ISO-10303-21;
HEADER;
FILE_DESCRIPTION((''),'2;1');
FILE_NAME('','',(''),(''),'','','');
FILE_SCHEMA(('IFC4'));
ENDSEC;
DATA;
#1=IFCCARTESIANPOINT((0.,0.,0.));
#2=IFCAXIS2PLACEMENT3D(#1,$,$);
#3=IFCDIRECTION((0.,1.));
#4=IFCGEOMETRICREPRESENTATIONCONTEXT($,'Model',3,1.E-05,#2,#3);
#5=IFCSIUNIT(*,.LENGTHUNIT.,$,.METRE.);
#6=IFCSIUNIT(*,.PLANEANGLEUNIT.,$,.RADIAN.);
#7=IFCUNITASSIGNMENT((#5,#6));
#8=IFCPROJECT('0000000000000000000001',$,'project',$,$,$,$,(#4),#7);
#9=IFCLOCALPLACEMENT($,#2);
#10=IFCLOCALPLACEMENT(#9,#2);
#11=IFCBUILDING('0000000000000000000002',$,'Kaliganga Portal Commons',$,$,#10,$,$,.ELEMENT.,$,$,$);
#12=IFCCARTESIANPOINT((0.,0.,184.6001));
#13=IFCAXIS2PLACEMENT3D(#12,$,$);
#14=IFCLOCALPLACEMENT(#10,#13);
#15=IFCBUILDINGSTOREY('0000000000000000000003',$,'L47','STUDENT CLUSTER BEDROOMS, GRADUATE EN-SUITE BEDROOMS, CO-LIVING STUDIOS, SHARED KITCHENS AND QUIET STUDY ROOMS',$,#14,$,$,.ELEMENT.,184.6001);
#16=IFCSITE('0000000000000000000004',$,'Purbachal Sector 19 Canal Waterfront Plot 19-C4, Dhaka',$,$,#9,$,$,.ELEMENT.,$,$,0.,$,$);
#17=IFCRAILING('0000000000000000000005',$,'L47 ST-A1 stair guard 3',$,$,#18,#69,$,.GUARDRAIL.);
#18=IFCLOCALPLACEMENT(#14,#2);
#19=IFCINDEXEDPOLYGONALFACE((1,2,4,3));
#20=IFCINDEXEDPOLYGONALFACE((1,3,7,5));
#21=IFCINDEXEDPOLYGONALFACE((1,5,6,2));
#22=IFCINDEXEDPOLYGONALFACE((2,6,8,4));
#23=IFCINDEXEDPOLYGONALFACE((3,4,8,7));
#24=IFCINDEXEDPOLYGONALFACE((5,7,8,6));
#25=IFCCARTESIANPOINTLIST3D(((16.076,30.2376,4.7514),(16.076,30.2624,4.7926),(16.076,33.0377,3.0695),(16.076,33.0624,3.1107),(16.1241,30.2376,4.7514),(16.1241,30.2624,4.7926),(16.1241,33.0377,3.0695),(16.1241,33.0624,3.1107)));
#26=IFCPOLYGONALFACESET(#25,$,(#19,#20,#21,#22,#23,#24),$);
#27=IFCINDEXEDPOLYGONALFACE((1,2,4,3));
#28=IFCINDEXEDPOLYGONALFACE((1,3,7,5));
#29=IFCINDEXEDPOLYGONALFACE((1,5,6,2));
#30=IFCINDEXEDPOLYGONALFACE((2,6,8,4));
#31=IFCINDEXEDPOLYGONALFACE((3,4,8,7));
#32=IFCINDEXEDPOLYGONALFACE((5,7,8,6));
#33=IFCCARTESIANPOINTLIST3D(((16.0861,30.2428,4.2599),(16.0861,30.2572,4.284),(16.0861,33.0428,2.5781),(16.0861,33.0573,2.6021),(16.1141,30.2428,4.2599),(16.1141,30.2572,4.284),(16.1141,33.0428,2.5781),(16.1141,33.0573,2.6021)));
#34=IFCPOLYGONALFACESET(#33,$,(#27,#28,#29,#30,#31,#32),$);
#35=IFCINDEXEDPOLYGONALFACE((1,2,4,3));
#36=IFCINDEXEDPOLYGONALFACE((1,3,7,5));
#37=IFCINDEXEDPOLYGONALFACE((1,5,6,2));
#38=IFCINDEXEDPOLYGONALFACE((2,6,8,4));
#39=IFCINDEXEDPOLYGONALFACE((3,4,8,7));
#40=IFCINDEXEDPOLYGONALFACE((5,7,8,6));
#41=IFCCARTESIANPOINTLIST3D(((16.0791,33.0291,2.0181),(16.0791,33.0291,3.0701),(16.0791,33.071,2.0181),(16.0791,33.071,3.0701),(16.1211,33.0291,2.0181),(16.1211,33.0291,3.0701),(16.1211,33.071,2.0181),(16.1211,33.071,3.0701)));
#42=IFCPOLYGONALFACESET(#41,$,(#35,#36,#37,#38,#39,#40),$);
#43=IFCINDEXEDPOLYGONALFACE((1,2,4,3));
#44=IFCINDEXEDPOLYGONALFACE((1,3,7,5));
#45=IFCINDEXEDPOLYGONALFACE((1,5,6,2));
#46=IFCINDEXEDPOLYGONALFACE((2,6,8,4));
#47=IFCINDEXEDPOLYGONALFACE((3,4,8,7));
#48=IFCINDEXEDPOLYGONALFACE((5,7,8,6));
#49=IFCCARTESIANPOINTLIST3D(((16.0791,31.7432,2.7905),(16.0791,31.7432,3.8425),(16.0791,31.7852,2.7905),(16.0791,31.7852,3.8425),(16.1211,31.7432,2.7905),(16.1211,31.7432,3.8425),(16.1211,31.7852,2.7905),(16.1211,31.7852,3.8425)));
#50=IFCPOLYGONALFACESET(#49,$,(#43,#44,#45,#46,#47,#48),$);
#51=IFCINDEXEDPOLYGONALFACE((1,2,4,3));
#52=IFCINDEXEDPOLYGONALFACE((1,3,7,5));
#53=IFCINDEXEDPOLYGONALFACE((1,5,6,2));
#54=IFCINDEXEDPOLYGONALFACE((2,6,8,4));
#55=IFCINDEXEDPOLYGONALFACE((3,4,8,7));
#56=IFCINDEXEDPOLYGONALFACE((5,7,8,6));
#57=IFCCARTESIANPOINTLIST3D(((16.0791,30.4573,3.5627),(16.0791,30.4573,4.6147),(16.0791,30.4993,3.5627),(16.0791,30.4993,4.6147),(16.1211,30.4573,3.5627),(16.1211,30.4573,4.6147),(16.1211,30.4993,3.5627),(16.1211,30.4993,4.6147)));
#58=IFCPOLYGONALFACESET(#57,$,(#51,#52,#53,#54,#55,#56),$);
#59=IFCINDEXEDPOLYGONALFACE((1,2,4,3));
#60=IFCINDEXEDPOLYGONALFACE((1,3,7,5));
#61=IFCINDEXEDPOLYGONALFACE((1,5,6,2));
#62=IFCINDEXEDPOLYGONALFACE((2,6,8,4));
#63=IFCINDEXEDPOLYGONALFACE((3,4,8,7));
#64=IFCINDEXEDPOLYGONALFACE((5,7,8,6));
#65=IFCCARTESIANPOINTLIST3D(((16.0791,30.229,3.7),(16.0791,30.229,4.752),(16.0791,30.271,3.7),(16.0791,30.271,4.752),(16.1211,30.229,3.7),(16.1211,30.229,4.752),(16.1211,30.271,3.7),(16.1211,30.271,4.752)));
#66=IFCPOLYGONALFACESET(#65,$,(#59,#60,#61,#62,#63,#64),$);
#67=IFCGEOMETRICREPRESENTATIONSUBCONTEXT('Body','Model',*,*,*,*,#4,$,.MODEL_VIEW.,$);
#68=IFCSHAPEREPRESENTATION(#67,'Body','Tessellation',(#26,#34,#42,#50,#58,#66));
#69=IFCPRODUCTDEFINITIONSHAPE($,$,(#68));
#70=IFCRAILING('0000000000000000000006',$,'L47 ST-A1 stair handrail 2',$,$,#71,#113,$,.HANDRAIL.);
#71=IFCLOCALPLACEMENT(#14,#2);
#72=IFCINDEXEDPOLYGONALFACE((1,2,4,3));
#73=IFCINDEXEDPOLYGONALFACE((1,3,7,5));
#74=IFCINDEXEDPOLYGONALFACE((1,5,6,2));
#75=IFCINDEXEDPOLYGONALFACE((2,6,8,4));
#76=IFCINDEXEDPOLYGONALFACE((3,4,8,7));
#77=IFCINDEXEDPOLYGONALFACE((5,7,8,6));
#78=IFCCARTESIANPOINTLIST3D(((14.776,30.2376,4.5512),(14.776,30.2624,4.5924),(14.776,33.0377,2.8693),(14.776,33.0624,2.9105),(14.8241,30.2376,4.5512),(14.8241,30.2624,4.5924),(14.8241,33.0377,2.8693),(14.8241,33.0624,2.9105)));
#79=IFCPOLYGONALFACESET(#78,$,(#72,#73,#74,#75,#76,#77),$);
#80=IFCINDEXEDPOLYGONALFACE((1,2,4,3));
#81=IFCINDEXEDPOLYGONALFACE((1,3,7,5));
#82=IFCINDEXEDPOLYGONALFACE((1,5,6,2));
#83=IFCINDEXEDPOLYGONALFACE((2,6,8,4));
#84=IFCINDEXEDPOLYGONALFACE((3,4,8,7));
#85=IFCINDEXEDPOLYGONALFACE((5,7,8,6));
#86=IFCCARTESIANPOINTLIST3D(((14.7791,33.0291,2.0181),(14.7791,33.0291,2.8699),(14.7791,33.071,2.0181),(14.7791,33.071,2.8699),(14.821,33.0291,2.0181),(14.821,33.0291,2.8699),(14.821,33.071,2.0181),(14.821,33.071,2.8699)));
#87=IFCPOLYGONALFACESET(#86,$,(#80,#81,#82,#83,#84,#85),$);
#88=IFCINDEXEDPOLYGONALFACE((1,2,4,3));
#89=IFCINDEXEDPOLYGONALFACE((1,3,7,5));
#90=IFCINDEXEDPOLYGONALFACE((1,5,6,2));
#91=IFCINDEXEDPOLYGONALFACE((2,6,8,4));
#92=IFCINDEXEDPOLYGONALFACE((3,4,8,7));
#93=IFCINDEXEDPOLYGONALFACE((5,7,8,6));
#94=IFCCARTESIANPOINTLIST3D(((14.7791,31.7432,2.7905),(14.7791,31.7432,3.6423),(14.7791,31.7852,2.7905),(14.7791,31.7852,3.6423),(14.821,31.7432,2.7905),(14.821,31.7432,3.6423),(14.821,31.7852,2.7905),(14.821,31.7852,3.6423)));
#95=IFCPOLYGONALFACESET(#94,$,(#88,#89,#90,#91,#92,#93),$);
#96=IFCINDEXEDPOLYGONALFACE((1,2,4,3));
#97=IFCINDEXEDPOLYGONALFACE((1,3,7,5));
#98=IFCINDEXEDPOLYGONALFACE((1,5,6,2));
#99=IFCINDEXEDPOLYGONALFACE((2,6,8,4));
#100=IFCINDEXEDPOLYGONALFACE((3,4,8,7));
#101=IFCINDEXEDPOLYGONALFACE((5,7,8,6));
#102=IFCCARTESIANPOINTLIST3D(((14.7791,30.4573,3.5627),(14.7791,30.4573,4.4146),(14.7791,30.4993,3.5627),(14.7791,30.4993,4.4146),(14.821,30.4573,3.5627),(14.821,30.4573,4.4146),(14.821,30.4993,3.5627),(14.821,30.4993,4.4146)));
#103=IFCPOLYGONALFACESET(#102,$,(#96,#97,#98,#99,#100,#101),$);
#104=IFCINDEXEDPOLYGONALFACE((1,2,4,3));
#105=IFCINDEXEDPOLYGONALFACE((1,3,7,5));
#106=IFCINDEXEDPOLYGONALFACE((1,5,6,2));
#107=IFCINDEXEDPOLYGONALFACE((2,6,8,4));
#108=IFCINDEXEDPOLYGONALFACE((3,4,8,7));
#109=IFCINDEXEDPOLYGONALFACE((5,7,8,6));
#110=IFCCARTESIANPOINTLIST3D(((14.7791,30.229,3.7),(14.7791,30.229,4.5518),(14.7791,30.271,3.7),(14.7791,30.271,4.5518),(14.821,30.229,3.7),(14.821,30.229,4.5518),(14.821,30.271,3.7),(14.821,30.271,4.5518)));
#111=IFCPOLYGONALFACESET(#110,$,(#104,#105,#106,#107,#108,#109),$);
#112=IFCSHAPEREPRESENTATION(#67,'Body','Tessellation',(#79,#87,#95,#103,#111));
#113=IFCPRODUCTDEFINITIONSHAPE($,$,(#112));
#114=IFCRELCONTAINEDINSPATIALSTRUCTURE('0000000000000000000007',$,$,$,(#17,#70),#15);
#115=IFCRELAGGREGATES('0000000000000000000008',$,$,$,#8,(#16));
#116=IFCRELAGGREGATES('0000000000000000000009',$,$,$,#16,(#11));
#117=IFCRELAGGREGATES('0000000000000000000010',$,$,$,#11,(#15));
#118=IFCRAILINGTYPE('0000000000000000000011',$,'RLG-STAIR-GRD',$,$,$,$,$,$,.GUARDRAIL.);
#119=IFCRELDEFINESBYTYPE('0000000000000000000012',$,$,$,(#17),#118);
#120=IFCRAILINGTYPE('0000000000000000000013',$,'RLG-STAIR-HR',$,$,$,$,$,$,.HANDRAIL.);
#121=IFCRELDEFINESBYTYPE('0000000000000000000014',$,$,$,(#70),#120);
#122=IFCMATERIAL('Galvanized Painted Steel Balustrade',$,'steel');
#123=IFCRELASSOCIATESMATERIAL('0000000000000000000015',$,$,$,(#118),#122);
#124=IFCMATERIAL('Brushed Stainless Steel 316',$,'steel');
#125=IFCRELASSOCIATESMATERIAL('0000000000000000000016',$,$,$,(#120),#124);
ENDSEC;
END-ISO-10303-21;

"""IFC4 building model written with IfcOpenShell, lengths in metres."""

from ifc_helpers import new_model, si_unit, direction, frame, origin, origin_2d, place, context, subcontext, project, spatial, rectangle, extrude, material, type_object, element, save


model = new_model("IFC4")

# Units and contexts
model_context = context("Model", 3, precision=1e-05, world=origin(), true_north=direction((0.0, 1.0)))
body_context = subcontext(model_context, "Body", "Model", "MODEL_VIEW")
ifc_project = project(units=[si_unit("LENGTHUNIT", "METRE"), si_unit("PLANEANGLEUNIT", "RADIAN")], contexts=[model_context])

# Site, building, storey
site_placement = place(None, origin())
site = spatial("IfcSite", under=ifc_project, at=site_placement, Name="Purbachal Sector 19 Canal Waterfront Plot 19-C4, Dhaka", CompositionType="ELEMENT", RefElevation=0.0)
building_placement = place(site_placement, origin())
building = spatial("IfcBuilding", under=site, at=building_placement, Name="Kaliganga Portal Commons", CompositionType="ELEMENT")
storey_placement = place(building_placement, frame((0.0, 0.0, 184.6001)))
storey = spatial("IfcBuildingStorey", under=building, at=storey_placement, Name="L47", Description="STUDENT CLUSTER BEDROOMS, GRADUATE EN-SUITE BEDROOMS, CO-LIVING STUDIOS, SHARED KITCHENS AND QUIET STUDY ROOMS", CompositionType="ELEMENT", Elevation=184.6001)

# Railings
ifc_material_1 = material(Name="Galvanized Painted Steel Balustrade", Category="steel")
railing_type_1 = type_object("IfcRailingType", Name="RLG-STAIR-GRD", PredefinedType="GUARDRAIL", material=ifc_material_1)
railing_1_placement = place(storey_placement, frame((16.1001, 33.05, 2.0181)))
element("IfcRailing", 1, at=railing_1_placement, inside=storey, type_object=railing_type_1, Name="L47 ST-A1 stair guard 3", PredefinedType="GUARDRAIL", context=body_context, shape_type="SweptSolid", body=[
    extrude(rectangle(XDim=0.0481, YDim=0.0481, at=origin_2d()), frame((0.0, 0.0, 1.072), z_axis=(0.0, -0.857242, 0.514913), x_axis=(1.0, 0.0, 0.0)), (0.0, 0.0, 1.0), 3.2664),
    extrude(rectangle(XDim=0.0281, YDim=0.0281, at=origin_2d()), frame((0.0, 0.0, 0.572), z_axis=(0.0, -0.857242, 0.514913), x_axis=(1.0, 0.0, 0.0)), (0.0, 0.0, 1.0), 3.2664),
    extrude(rectangle(XDim=0.042, YDim=0.042, at=origin_2d()), origin(), (0.0, 0.0, 1.0), 1.052),
    extrude(rectangle(XDim=0.042, YDim=0.042, at=origin_2d()), frame((0.0, -1.2859, 0.7725)), (0.0, 0.0, 1.0), 1.052),
    extrude(rectangle(XDim=0.042, YDim=0.042, at=origin_2d()), frame((0.0, -2.5718, 1.5447)), (0.0, 0.0, 1.0), 1.052),
    extrude(rectangle(XDim=0.042, YDim=0.042, at=origin_2d()), frame((0.0, -2.8, 1.6819)), (0.0, 0.0, 1.0), 1.052),
])
ifc_material_2 = material(Name="Brushed Stainless Steel 316", Category="steel")
railing_type_2 = type_object("IfcRailingType", Name="RLG-STAIR-HR", PredefinedType="HANDRAIL", material=ifc_material_2)
railing_2_placement = place(storey_placement, frame((14.8, 33.05, 2.0181)))
element("IfcRailing", 2, at=railing_2_placement, inside=storey, type_object=railing_type_2, Name="L47 ST-A1 stair handrail 2", PredefinedType="HANDRAIL", context=body_context, shape_type="SweptSolid", body=[
    extrude(rectangle(XDim=0.0481, YDim=0.0481, at=origin_2d()), frame((0.0, 0.0, 0.8718), z_axis=(0.0, -0.857242, 0.514913), x_axis=(1.0, 0.0, 0.0)), (0.0, 0.0, 1.0), 3.2664),
    extrude(rectangle(XDim=0.042, YDim=0.042, at=origin_2d()), origin(), (0.0, 0.0, 1.0), 0.8518),
    extrude(rectangle(XDim=0.042, YDim=0.042, at=origin_2d()), frame((0.0, -1.2859, 0.7725)), (0.0, 0.0, 1.0), 0.8518),
    extrude(rectangle(XDim=0.042, YDim=0.042, at=origin_2d()), frame((0.0, -2.5718, 1.5447)), (0.0, 0.0, 1.0), 0.8518),
    extrude(rectangle(XDim=0.042, YDim=0.042, at=origin_2d()), frame((0.0, -2.8, 1.6819)), (0.0, 0.0, 1.0), 0.8518),
])

save(model, "model.ifc")
